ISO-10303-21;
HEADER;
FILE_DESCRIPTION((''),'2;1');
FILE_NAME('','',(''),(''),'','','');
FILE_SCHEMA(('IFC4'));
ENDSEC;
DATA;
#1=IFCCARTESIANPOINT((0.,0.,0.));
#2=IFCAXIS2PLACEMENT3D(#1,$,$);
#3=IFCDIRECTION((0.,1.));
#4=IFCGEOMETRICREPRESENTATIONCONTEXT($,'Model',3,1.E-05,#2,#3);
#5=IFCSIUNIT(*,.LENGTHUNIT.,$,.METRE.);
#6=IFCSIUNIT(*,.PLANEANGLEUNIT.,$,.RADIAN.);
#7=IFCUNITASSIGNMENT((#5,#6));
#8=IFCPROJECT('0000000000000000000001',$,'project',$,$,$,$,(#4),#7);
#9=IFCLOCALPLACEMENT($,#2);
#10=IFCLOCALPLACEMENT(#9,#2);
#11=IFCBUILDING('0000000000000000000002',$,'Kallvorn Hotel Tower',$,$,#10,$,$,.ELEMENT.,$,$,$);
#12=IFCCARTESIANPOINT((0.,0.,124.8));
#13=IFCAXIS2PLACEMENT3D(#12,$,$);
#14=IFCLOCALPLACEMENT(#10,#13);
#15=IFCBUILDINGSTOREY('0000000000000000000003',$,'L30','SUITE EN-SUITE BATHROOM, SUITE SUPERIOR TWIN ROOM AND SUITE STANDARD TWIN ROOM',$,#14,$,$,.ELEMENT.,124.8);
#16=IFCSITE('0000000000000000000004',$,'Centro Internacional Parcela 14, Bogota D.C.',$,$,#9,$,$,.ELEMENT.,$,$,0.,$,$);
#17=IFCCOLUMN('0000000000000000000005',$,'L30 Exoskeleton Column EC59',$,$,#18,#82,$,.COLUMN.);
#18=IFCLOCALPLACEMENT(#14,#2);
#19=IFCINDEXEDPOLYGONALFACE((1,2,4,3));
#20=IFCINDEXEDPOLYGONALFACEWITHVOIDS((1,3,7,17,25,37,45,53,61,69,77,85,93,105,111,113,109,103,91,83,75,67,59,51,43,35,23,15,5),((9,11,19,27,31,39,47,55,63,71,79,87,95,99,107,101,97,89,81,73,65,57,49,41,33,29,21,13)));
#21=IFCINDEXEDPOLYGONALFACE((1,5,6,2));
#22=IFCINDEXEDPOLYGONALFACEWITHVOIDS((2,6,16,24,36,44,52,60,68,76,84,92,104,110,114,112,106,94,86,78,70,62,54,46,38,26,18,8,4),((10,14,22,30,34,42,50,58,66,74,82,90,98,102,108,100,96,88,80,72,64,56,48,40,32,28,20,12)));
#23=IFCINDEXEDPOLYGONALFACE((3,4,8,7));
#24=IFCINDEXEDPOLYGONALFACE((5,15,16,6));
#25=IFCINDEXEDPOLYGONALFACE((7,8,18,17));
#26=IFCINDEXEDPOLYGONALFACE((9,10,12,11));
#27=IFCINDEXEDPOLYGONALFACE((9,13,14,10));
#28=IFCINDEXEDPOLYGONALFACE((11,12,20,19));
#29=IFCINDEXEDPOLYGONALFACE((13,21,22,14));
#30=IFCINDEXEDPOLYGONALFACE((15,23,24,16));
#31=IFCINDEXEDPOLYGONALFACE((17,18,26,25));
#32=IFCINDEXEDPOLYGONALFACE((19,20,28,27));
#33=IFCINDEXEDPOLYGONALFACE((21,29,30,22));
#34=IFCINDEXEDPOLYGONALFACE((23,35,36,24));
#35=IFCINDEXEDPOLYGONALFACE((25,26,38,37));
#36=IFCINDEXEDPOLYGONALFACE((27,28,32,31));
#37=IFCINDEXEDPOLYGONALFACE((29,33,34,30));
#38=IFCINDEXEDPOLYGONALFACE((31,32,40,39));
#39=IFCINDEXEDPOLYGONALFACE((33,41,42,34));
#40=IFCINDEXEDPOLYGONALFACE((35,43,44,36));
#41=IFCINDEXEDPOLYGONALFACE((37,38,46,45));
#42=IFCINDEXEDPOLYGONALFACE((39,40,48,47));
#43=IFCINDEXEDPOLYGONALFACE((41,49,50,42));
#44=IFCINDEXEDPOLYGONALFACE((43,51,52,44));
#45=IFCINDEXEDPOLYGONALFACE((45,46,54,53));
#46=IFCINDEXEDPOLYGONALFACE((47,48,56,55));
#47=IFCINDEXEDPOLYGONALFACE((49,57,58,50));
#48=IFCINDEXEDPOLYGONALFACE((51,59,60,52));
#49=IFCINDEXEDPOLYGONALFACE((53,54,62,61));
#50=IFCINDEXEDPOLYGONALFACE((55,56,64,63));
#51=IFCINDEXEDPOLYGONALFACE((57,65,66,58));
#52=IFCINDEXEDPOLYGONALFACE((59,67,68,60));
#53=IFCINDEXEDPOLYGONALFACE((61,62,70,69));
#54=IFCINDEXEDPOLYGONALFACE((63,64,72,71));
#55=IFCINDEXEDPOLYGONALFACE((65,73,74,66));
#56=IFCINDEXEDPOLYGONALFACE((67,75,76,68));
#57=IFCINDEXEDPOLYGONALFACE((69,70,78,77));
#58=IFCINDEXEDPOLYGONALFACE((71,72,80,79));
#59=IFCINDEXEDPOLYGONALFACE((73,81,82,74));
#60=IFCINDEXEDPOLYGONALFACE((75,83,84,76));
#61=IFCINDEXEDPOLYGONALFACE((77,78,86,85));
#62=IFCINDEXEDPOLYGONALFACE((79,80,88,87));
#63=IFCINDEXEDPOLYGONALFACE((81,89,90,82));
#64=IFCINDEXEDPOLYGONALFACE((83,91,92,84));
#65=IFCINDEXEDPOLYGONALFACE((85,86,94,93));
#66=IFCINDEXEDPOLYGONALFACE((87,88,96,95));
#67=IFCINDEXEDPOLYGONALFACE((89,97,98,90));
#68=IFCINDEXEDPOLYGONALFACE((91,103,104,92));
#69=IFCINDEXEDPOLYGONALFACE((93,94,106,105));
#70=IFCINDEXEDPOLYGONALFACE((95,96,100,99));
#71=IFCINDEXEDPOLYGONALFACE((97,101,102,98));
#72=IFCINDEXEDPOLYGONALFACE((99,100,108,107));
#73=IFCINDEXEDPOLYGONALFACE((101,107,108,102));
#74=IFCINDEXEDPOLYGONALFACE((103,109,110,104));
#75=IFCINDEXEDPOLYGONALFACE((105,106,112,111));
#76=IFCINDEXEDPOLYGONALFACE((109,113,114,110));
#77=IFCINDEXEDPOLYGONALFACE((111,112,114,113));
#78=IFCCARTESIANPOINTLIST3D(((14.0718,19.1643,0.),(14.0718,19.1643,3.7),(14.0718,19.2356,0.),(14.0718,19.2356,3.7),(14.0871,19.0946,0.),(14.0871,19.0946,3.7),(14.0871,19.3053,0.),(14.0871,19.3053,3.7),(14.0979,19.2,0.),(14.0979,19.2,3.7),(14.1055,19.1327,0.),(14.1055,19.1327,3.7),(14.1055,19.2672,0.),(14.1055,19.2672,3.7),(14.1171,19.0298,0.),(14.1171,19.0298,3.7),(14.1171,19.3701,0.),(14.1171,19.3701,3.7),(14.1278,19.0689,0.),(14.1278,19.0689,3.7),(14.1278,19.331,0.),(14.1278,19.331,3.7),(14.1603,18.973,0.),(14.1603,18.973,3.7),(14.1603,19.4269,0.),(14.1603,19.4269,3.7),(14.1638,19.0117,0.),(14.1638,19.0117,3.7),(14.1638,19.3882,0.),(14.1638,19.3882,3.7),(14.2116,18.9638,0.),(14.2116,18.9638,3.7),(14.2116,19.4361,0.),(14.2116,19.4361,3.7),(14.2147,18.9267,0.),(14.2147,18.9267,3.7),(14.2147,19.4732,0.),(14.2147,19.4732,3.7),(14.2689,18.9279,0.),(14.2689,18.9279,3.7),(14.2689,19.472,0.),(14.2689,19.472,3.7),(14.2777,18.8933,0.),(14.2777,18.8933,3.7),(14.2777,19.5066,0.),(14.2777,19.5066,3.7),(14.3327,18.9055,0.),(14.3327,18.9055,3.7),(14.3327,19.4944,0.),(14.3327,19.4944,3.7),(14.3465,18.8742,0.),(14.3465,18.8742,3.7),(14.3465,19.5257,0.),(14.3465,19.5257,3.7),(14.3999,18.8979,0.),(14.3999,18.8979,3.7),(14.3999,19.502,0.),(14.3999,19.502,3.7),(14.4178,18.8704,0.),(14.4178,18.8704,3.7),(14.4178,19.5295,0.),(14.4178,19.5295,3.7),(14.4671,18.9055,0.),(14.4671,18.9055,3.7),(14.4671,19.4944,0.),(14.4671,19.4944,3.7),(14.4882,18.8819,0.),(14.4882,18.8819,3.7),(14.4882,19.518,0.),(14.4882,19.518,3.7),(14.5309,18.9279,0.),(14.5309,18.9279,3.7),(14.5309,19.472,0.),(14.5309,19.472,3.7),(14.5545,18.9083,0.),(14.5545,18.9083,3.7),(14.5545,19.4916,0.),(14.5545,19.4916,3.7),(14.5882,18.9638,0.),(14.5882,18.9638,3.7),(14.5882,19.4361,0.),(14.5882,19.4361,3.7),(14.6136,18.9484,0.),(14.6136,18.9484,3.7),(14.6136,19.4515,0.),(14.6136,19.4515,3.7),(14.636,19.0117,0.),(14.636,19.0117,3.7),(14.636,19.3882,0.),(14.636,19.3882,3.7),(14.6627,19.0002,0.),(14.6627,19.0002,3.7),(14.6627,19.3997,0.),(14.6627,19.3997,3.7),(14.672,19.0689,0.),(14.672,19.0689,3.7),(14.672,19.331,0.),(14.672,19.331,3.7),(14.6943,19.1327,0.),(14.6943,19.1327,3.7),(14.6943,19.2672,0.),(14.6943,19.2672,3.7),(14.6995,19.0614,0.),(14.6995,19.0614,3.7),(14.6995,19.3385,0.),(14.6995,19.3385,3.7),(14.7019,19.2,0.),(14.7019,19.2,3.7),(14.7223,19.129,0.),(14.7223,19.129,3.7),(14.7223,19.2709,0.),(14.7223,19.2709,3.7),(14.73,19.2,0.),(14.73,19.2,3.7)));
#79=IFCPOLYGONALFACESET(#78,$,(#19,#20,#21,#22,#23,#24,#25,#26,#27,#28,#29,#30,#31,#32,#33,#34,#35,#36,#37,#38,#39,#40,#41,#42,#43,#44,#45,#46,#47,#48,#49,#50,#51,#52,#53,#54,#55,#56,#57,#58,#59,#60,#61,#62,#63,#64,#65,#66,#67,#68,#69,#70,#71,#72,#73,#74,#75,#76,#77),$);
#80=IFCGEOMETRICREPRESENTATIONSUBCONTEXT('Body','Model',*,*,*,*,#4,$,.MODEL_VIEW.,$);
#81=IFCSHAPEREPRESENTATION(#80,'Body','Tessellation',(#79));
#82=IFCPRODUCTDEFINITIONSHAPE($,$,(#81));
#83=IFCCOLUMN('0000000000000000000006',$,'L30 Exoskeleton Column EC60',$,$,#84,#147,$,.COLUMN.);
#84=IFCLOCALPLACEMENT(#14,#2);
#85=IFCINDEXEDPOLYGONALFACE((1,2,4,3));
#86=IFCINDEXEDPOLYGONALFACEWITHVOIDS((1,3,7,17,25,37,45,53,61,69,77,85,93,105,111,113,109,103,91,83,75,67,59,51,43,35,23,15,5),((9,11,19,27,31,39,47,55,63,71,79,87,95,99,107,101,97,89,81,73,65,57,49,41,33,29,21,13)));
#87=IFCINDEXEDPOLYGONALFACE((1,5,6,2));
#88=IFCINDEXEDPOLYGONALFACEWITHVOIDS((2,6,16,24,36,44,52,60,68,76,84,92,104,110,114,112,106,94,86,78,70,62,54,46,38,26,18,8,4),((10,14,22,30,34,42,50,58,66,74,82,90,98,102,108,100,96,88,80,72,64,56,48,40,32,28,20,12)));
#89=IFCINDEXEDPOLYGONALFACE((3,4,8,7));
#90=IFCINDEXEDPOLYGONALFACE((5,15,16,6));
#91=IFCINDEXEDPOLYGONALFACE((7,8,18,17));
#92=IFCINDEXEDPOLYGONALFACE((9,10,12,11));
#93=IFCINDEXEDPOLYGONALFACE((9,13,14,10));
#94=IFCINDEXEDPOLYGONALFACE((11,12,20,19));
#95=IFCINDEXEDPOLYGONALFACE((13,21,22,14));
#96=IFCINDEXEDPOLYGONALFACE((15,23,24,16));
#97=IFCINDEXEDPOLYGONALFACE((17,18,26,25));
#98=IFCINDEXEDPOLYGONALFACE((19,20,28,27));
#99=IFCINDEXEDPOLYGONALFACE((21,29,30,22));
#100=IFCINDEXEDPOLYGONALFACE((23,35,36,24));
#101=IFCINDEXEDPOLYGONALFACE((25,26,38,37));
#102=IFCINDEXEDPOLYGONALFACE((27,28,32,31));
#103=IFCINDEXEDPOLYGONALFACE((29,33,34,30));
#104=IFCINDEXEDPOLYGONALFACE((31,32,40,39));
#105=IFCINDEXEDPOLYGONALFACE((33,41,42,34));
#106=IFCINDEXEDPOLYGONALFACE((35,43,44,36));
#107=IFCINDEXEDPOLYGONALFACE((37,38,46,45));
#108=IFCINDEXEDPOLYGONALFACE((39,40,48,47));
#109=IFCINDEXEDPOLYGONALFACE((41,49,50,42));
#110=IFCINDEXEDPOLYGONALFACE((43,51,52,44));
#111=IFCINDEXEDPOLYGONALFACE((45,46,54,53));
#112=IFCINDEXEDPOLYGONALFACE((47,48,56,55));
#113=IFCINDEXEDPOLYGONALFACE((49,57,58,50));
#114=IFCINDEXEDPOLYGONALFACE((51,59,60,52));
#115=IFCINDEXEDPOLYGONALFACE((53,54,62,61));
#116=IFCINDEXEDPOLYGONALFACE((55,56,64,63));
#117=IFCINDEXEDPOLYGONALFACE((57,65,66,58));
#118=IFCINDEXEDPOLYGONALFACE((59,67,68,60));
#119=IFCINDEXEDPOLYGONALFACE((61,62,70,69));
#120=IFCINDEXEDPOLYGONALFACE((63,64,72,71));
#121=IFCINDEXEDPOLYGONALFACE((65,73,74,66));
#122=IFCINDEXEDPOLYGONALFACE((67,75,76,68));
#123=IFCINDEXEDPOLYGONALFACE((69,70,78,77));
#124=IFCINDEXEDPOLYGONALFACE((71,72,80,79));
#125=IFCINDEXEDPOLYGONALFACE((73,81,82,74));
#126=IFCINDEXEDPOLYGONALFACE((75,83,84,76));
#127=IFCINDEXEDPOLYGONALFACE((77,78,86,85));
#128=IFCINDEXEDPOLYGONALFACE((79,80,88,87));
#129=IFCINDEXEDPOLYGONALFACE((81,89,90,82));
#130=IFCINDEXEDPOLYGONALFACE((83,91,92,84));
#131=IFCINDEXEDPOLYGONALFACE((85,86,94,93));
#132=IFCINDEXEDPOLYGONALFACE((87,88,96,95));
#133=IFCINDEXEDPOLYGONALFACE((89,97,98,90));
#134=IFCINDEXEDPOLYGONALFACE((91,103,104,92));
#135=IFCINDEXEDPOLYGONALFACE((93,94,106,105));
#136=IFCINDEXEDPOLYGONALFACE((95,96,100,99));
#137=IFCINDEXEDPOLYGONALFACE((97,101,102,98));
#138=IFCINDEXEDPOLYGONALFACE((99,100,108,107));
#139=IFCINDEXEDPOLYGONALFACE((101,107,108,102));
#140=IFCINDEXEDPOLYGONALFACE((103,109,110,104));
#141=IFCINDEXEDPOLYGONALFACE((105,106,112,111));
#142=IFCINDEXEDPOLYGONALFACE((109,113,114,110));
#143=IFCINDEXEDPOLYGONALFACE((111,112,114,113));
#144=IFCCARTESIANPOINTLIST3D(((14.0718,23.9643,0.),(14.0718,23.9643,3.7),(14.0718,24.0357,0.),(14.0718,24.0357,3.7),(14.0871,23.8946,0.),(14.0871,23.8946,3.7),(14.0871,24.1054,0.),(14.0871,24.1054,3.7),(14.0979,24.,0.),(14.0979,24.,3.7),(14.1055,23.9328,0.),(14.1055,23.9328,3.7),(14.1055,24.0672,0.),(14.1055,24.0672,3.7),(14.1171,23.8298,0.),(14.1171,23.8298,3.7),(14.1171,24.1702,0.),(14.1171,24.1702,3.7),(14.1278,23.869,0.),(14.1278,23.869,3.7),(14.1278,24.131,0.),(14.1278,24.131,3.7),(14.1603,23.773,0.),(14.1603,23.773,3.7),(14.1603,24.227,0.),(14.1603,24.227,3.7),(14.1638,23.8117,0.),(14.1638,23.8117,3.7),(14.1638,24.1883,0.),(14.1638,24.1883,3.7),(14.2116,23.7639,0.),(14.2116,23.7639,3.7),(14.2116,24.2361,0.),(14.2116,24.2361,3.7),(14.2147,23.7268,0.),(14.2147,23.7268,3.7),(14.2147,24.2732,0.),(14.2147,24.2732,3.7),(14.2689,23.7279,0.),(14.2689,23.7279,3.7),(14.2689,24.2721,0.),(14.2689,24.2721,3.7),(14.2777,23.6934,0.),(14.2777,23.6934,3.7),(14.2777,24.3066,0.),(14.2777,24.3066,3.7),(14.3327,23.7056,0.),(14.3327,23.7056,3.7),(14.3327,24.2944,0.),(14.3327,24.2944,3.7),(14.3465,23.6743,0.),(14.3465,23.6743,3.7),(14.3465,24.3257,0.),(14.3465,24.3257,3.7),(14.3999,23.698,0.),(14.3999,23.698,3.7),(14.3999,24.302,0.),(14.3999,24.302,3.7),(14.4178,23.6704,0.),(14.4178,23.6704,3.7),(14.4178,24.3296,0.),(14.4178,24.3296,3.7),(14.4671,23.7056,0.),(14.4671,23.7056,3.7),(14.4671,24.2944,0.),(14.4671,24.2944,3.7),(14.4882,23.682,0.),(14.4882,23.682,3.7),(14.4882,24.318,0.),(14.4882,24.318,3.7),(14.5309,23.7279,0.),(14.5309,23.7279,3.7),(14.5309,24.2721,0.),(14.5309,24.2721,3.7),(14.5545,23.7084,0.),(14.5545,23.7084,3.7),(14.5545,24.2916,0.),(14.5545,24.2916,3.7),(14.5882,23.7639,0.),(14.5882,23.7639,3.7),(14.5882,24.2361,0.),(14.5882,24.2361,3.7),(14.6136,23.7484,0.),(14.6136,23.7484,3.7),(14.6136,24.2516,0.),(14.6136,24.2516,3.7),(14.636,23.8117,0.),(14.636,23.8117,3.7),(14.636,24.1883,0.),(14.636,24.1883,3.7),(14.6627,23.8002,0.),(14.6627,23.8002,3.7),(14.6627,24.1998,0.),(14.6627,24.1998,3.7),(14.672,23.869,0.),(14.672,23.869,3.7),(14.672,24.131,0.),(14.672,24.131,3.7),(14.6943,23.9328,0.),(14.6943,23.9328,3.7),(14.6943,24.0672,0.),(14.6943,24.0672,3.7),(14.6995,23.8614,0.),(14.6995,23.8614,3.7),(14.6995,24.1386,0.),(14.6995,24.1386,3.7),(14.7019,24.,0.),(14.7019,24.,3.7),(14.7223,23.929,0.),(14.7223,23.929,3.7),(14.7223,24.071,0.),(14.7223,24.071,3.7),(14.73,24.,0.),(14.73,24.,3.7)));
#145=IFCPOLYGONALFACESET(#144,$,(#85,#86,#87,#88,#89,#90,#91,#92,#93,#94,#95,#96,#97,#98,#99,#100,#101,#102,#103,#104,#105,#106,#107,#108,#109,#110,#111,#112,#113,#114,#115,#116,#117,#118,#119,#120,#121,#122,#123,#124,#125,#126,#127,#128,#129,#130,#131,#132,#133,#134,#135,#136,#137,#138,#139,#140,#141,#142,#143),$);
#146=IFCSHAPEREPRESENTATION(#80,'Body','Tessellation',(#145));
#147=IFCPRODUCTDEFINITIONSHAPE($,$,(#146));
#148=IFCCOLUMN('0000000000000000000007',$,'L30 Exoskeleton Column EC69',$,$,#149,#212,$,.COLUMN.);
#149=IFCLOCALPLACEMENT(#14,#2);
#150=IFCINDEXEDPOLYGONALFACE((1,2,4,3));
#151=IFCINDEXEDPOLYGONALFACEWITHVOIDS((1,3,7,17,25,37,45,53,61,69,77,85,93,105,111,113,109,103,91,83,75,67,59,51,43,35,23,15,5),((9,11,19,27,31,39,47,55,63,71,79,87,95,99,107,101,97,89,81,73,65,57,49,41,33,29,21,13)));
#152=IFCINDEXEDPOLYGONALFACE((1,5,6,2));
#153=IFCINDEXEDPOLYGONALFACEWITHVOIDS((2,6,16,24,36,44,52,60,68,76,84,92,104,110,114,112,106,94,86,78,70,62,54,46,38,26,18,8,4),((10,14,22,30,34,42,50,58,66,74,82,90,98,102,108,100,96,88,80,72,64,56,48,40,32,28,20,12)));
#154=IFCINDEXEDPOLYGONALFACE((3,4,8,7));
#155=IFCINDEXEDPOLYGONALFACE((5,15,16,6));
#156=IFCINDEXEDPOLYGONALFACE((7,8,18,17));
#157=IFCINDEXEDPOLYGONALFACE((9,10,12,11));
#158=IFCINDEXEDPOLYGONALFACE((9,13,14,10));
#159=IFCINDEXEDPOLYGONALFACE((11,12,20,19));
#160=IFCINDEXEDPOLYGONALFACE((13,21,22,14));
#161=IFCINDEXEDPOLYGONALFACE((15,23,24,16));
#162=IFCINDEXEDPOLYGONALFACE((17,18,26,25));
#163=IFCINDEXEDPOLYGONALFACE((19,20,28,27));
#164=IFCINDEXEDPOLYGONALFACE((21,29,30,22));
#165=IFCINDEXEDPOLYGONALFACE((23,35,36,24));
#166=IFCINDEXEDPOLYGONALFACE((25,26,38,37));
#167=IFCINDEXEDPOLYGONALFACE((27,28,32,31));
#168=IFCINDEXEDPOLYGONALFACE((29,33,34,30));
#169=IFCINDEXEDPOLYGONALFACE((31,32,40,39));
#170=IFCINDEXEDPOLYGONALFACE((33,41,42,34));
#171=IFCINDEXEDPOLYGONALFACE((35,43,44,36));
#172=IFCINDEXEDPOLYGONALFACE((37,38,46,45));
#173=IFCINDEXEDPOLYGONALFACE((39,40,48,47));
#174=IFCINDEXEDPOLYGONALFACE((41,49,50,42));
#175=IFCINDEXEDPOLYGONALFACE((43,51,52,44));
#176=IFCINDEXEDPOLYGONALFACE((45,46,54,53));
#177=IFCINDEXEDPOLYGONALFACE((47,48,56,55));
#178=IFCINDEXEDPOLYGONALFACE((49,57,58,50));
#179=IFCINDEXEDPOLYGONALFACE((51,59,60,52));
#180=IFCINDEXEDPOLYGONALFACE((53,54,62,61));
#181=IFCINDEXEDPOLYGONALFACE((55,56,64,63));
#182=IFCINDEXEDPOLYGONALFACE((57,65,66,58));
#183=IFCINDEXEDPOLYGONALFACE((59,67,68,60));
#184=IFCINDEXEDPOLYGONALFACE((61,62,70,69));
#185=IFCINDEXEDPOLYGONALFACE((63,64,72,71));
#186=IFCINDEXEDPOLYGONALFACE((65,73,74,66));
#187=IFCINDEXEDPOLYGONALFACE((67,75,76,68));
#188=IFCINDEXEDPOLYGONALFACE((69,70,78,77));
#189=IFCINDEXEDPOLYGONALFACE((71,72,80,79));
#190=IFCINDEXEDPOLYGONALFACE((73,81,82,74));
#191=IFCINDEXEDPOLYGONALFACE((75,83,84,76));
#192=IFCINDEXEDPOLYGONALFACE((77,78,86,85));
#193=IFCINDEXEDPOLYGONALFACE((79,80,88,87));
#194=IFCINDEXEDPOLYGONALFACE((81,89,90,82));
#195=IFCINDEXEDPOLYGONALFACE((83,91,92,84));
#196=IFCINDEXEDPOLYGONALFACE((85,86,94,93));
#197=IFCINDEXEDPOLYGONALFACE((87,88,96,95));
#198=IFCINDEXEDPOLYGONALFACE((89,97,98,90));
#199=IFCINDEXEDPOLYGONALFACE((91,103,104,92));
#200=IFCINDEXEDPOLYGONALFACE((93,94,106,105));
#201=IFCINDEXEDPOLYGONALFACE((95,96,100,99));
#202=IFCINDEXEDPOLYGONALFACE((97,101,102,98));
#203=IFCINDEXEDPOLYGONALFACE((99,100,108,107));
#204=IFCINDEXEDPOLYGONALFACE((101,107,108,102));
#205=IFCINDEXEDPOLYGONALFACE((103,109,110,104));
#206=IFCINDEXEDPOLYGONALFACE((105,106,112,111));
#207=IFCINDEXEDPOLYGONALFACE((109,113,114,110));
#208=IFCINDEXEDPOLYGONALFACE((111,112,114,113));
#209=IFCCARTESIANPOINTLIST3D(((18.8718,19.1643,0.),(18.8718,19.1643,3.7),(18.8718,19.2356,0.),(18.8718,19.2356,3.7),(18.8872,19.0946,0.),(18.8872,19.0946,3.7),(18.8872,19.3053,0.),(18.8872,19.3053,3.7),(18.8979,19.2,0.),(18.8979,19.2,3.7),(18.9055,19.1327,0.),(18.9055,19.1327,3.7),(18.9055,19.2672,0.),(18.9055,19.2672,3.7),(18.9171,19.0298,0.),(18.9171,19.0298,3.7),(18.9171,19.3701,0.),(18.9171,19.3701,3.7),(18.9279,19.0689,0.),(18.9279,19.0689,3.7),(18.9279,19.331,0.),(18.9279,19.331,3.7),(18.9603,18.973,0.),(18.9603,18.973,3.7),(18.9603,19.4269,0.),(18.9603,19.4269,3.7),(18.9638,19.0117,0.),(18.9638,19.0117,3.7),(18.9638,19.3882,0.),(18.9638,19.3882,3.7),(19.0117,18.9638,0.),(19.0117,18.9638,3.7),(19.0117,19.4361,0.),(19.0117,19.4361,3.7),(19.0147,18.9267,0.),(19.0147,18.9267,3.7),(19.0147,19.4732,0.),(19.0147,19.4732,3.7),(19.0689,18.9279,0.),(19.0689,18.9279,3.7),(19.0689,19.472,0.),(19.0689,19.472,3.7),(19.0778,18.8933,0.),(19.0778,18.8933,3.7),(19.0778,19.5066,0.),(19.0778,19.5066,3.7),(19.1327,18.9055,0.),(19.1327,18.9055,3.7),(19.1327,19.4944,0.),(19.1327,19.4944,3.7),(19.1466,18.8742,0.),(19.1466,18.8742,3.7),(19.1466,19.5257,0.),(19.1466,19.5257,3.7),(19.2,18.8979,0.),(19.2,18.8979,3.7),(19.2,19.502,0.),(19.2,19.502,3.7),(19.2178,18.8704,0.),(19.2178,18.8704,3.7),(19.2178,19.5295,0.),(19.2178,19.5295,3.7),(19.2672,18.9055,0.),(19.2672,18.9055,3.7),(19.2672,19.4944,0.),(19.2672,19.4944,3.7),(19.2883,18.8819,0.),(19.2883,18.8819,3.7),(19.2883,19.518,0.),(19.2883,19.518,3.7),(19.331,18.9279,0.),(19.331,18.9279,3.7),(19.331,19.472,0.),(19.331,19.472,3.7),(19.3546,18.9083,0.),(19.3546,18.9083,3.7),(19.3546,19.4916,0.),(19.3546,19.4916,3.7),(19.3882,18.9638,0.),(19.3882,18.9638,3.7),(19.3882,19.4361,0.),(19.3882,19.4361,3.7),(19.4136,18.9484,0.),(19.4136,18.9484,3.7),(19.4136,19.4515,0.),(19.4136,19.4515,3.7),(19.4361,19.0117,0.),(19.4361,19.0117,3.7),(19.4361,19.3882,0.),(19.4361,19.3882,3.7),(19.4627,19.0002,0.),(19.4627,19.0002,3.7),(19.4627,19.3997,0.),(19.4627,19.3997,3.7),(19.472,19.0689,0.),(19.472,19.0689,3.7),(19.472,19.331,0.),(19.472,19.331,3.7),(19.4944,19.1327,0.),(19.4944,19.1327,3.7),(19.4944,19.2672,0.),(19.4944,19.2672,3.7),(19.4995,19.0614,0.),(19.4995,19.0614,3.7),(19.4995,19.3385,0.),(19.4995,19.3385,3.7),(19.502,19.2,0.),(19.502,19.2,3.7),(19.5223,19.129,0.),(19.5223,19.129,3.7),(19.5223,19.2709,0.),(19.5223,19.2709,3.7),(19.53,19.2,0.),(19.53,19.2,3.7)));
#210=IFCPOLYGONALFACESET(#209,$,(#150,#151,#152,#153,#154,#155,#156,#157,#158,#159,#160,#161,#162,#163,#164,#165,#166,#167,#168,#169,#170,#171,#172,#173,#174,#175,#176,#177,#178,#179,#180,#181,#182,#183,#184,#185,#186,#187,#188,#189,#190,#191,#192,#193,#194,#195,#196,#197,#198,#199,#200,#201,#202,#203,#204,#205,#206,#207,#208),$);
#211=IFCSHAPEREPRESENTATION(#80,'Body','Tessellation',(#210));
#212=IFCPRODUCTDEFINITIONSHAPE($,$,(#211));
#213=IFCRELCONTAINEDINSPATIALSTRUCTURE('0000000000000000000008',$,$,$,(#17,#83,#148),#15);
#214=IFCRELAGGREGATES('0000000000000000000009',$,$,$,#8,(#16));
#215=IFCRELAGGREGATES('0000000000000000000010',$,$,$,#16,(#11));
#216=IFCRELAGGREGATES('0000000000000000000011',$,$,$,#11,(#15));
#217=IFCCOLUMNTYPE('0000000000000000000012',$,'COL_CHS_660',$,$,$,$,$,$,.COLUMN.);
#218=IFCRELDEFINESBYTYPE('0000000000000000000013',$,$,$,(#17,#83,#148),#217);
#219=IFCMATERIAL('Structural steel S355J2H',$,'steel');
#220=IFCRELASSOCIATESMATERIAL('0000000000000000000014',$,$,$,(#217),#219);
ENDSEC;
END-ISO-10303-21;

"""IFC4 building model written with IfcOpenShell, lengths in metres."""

from ifc_helpers import new_model, si_unit, direction, frame, origin, origin_2d, place, context, subcontext, project, spatial, hollow_circle, extrude, material, material_profile, profile_set, type_object, element, save


model = new_model("IFC4")

# Units and contexts
model_context = context("Model", 3, precision=1e-05, world=origin(), true_north=direction((0.0, 1.0)))
body_context = subcontext(model_context, "Body", "Model", "MODEL_VIEW")
ifc_project = project(units=[si_unit("LENGTHUNIT", "METRE"), si_unit("PLANEANGLEUNIT", "RADIAN")], contexts=[model_context])

# Site, building, storey
site_placement = place(None, origin())
site = spatial("IfcSite", under=ifc_project, at=site_placement, Name="Centro Internacional Parcela 14, Bogota D.C.", CompositionType="ELEMENT", RefElevation=0.0)
building_placement = place(site_placement, origin())
building = spatial("IfcBuilding", under=site, at=building_placement, Name="Kallvorn Hotel Tower", CompositionType="ELEMENT")
storey_placement = place(building_placement, frame((0.0, 0.0, 124.8)))
storey = spatial("IfcBuildingStorey", under=building, at=storey_placement, Name="L30", Description="SUITE EN-SUITE BATHROOM, SUITE SUPERIOR TWIN ROOM AND SUITE STANDARD TWIN ROOM", CompositionType="ELEMENT", Elevation=124.8)

# Columns
ifc_material_1 = material(Name="Structural steel S355J2H", Category="steel")
ifc_material_profile_1 = material_profile(ifc_material_1, hollow_circle(Radius=0.3301, WallThickness=0.0281, at=origin_2d()), Name="CHS 660x28")
ifc_profile_set_1 = profile_set([ifc_material_profile_1], Name="Structural steel S355J2H")
column_type_1 = type_object("IfcColumnType", Name="COL_CHS_660", PredefinedType="COLUMN", material=ifc_profile_set_1)
for number, where, z_axis, x_axis, name in (
    (1, (14.3999, 19.2, 0.0), (0.0, 0.0, 1.0), (1.0, 0.0, 0.0), "L30 Exoskeleton Column EC59"),
    (2, (14.3999, 24.0, 0.0), (0.0, 0.0, 1.0), (1.0, 0.0, 0.0), "L30 Exoskeleton Column EC60"),
    (3, (19.2, 19.2, 0.0), (0.0, 0.0, 1.0), (1.0, 0.0, 0.0), "L30 Exoskeleton Column EC69"),
):
    element("IfcColumn", number, at=place(storey_placement, frame(where, z_axis=z_axis, x_axis=x_axis)), inside=storey, type_object=column_type_1, Name=name, PredefinedType="COLUMN", context=body_context, shape_type="SweptSolid", body=[
        extrude(hollow_circle(Radius=0.3301, WallThickness=0.0281, at=origin_2d()), origin(), (0.0, 0.0, 1.0), 3.7),
    ])

save(model, "model.ifc")
